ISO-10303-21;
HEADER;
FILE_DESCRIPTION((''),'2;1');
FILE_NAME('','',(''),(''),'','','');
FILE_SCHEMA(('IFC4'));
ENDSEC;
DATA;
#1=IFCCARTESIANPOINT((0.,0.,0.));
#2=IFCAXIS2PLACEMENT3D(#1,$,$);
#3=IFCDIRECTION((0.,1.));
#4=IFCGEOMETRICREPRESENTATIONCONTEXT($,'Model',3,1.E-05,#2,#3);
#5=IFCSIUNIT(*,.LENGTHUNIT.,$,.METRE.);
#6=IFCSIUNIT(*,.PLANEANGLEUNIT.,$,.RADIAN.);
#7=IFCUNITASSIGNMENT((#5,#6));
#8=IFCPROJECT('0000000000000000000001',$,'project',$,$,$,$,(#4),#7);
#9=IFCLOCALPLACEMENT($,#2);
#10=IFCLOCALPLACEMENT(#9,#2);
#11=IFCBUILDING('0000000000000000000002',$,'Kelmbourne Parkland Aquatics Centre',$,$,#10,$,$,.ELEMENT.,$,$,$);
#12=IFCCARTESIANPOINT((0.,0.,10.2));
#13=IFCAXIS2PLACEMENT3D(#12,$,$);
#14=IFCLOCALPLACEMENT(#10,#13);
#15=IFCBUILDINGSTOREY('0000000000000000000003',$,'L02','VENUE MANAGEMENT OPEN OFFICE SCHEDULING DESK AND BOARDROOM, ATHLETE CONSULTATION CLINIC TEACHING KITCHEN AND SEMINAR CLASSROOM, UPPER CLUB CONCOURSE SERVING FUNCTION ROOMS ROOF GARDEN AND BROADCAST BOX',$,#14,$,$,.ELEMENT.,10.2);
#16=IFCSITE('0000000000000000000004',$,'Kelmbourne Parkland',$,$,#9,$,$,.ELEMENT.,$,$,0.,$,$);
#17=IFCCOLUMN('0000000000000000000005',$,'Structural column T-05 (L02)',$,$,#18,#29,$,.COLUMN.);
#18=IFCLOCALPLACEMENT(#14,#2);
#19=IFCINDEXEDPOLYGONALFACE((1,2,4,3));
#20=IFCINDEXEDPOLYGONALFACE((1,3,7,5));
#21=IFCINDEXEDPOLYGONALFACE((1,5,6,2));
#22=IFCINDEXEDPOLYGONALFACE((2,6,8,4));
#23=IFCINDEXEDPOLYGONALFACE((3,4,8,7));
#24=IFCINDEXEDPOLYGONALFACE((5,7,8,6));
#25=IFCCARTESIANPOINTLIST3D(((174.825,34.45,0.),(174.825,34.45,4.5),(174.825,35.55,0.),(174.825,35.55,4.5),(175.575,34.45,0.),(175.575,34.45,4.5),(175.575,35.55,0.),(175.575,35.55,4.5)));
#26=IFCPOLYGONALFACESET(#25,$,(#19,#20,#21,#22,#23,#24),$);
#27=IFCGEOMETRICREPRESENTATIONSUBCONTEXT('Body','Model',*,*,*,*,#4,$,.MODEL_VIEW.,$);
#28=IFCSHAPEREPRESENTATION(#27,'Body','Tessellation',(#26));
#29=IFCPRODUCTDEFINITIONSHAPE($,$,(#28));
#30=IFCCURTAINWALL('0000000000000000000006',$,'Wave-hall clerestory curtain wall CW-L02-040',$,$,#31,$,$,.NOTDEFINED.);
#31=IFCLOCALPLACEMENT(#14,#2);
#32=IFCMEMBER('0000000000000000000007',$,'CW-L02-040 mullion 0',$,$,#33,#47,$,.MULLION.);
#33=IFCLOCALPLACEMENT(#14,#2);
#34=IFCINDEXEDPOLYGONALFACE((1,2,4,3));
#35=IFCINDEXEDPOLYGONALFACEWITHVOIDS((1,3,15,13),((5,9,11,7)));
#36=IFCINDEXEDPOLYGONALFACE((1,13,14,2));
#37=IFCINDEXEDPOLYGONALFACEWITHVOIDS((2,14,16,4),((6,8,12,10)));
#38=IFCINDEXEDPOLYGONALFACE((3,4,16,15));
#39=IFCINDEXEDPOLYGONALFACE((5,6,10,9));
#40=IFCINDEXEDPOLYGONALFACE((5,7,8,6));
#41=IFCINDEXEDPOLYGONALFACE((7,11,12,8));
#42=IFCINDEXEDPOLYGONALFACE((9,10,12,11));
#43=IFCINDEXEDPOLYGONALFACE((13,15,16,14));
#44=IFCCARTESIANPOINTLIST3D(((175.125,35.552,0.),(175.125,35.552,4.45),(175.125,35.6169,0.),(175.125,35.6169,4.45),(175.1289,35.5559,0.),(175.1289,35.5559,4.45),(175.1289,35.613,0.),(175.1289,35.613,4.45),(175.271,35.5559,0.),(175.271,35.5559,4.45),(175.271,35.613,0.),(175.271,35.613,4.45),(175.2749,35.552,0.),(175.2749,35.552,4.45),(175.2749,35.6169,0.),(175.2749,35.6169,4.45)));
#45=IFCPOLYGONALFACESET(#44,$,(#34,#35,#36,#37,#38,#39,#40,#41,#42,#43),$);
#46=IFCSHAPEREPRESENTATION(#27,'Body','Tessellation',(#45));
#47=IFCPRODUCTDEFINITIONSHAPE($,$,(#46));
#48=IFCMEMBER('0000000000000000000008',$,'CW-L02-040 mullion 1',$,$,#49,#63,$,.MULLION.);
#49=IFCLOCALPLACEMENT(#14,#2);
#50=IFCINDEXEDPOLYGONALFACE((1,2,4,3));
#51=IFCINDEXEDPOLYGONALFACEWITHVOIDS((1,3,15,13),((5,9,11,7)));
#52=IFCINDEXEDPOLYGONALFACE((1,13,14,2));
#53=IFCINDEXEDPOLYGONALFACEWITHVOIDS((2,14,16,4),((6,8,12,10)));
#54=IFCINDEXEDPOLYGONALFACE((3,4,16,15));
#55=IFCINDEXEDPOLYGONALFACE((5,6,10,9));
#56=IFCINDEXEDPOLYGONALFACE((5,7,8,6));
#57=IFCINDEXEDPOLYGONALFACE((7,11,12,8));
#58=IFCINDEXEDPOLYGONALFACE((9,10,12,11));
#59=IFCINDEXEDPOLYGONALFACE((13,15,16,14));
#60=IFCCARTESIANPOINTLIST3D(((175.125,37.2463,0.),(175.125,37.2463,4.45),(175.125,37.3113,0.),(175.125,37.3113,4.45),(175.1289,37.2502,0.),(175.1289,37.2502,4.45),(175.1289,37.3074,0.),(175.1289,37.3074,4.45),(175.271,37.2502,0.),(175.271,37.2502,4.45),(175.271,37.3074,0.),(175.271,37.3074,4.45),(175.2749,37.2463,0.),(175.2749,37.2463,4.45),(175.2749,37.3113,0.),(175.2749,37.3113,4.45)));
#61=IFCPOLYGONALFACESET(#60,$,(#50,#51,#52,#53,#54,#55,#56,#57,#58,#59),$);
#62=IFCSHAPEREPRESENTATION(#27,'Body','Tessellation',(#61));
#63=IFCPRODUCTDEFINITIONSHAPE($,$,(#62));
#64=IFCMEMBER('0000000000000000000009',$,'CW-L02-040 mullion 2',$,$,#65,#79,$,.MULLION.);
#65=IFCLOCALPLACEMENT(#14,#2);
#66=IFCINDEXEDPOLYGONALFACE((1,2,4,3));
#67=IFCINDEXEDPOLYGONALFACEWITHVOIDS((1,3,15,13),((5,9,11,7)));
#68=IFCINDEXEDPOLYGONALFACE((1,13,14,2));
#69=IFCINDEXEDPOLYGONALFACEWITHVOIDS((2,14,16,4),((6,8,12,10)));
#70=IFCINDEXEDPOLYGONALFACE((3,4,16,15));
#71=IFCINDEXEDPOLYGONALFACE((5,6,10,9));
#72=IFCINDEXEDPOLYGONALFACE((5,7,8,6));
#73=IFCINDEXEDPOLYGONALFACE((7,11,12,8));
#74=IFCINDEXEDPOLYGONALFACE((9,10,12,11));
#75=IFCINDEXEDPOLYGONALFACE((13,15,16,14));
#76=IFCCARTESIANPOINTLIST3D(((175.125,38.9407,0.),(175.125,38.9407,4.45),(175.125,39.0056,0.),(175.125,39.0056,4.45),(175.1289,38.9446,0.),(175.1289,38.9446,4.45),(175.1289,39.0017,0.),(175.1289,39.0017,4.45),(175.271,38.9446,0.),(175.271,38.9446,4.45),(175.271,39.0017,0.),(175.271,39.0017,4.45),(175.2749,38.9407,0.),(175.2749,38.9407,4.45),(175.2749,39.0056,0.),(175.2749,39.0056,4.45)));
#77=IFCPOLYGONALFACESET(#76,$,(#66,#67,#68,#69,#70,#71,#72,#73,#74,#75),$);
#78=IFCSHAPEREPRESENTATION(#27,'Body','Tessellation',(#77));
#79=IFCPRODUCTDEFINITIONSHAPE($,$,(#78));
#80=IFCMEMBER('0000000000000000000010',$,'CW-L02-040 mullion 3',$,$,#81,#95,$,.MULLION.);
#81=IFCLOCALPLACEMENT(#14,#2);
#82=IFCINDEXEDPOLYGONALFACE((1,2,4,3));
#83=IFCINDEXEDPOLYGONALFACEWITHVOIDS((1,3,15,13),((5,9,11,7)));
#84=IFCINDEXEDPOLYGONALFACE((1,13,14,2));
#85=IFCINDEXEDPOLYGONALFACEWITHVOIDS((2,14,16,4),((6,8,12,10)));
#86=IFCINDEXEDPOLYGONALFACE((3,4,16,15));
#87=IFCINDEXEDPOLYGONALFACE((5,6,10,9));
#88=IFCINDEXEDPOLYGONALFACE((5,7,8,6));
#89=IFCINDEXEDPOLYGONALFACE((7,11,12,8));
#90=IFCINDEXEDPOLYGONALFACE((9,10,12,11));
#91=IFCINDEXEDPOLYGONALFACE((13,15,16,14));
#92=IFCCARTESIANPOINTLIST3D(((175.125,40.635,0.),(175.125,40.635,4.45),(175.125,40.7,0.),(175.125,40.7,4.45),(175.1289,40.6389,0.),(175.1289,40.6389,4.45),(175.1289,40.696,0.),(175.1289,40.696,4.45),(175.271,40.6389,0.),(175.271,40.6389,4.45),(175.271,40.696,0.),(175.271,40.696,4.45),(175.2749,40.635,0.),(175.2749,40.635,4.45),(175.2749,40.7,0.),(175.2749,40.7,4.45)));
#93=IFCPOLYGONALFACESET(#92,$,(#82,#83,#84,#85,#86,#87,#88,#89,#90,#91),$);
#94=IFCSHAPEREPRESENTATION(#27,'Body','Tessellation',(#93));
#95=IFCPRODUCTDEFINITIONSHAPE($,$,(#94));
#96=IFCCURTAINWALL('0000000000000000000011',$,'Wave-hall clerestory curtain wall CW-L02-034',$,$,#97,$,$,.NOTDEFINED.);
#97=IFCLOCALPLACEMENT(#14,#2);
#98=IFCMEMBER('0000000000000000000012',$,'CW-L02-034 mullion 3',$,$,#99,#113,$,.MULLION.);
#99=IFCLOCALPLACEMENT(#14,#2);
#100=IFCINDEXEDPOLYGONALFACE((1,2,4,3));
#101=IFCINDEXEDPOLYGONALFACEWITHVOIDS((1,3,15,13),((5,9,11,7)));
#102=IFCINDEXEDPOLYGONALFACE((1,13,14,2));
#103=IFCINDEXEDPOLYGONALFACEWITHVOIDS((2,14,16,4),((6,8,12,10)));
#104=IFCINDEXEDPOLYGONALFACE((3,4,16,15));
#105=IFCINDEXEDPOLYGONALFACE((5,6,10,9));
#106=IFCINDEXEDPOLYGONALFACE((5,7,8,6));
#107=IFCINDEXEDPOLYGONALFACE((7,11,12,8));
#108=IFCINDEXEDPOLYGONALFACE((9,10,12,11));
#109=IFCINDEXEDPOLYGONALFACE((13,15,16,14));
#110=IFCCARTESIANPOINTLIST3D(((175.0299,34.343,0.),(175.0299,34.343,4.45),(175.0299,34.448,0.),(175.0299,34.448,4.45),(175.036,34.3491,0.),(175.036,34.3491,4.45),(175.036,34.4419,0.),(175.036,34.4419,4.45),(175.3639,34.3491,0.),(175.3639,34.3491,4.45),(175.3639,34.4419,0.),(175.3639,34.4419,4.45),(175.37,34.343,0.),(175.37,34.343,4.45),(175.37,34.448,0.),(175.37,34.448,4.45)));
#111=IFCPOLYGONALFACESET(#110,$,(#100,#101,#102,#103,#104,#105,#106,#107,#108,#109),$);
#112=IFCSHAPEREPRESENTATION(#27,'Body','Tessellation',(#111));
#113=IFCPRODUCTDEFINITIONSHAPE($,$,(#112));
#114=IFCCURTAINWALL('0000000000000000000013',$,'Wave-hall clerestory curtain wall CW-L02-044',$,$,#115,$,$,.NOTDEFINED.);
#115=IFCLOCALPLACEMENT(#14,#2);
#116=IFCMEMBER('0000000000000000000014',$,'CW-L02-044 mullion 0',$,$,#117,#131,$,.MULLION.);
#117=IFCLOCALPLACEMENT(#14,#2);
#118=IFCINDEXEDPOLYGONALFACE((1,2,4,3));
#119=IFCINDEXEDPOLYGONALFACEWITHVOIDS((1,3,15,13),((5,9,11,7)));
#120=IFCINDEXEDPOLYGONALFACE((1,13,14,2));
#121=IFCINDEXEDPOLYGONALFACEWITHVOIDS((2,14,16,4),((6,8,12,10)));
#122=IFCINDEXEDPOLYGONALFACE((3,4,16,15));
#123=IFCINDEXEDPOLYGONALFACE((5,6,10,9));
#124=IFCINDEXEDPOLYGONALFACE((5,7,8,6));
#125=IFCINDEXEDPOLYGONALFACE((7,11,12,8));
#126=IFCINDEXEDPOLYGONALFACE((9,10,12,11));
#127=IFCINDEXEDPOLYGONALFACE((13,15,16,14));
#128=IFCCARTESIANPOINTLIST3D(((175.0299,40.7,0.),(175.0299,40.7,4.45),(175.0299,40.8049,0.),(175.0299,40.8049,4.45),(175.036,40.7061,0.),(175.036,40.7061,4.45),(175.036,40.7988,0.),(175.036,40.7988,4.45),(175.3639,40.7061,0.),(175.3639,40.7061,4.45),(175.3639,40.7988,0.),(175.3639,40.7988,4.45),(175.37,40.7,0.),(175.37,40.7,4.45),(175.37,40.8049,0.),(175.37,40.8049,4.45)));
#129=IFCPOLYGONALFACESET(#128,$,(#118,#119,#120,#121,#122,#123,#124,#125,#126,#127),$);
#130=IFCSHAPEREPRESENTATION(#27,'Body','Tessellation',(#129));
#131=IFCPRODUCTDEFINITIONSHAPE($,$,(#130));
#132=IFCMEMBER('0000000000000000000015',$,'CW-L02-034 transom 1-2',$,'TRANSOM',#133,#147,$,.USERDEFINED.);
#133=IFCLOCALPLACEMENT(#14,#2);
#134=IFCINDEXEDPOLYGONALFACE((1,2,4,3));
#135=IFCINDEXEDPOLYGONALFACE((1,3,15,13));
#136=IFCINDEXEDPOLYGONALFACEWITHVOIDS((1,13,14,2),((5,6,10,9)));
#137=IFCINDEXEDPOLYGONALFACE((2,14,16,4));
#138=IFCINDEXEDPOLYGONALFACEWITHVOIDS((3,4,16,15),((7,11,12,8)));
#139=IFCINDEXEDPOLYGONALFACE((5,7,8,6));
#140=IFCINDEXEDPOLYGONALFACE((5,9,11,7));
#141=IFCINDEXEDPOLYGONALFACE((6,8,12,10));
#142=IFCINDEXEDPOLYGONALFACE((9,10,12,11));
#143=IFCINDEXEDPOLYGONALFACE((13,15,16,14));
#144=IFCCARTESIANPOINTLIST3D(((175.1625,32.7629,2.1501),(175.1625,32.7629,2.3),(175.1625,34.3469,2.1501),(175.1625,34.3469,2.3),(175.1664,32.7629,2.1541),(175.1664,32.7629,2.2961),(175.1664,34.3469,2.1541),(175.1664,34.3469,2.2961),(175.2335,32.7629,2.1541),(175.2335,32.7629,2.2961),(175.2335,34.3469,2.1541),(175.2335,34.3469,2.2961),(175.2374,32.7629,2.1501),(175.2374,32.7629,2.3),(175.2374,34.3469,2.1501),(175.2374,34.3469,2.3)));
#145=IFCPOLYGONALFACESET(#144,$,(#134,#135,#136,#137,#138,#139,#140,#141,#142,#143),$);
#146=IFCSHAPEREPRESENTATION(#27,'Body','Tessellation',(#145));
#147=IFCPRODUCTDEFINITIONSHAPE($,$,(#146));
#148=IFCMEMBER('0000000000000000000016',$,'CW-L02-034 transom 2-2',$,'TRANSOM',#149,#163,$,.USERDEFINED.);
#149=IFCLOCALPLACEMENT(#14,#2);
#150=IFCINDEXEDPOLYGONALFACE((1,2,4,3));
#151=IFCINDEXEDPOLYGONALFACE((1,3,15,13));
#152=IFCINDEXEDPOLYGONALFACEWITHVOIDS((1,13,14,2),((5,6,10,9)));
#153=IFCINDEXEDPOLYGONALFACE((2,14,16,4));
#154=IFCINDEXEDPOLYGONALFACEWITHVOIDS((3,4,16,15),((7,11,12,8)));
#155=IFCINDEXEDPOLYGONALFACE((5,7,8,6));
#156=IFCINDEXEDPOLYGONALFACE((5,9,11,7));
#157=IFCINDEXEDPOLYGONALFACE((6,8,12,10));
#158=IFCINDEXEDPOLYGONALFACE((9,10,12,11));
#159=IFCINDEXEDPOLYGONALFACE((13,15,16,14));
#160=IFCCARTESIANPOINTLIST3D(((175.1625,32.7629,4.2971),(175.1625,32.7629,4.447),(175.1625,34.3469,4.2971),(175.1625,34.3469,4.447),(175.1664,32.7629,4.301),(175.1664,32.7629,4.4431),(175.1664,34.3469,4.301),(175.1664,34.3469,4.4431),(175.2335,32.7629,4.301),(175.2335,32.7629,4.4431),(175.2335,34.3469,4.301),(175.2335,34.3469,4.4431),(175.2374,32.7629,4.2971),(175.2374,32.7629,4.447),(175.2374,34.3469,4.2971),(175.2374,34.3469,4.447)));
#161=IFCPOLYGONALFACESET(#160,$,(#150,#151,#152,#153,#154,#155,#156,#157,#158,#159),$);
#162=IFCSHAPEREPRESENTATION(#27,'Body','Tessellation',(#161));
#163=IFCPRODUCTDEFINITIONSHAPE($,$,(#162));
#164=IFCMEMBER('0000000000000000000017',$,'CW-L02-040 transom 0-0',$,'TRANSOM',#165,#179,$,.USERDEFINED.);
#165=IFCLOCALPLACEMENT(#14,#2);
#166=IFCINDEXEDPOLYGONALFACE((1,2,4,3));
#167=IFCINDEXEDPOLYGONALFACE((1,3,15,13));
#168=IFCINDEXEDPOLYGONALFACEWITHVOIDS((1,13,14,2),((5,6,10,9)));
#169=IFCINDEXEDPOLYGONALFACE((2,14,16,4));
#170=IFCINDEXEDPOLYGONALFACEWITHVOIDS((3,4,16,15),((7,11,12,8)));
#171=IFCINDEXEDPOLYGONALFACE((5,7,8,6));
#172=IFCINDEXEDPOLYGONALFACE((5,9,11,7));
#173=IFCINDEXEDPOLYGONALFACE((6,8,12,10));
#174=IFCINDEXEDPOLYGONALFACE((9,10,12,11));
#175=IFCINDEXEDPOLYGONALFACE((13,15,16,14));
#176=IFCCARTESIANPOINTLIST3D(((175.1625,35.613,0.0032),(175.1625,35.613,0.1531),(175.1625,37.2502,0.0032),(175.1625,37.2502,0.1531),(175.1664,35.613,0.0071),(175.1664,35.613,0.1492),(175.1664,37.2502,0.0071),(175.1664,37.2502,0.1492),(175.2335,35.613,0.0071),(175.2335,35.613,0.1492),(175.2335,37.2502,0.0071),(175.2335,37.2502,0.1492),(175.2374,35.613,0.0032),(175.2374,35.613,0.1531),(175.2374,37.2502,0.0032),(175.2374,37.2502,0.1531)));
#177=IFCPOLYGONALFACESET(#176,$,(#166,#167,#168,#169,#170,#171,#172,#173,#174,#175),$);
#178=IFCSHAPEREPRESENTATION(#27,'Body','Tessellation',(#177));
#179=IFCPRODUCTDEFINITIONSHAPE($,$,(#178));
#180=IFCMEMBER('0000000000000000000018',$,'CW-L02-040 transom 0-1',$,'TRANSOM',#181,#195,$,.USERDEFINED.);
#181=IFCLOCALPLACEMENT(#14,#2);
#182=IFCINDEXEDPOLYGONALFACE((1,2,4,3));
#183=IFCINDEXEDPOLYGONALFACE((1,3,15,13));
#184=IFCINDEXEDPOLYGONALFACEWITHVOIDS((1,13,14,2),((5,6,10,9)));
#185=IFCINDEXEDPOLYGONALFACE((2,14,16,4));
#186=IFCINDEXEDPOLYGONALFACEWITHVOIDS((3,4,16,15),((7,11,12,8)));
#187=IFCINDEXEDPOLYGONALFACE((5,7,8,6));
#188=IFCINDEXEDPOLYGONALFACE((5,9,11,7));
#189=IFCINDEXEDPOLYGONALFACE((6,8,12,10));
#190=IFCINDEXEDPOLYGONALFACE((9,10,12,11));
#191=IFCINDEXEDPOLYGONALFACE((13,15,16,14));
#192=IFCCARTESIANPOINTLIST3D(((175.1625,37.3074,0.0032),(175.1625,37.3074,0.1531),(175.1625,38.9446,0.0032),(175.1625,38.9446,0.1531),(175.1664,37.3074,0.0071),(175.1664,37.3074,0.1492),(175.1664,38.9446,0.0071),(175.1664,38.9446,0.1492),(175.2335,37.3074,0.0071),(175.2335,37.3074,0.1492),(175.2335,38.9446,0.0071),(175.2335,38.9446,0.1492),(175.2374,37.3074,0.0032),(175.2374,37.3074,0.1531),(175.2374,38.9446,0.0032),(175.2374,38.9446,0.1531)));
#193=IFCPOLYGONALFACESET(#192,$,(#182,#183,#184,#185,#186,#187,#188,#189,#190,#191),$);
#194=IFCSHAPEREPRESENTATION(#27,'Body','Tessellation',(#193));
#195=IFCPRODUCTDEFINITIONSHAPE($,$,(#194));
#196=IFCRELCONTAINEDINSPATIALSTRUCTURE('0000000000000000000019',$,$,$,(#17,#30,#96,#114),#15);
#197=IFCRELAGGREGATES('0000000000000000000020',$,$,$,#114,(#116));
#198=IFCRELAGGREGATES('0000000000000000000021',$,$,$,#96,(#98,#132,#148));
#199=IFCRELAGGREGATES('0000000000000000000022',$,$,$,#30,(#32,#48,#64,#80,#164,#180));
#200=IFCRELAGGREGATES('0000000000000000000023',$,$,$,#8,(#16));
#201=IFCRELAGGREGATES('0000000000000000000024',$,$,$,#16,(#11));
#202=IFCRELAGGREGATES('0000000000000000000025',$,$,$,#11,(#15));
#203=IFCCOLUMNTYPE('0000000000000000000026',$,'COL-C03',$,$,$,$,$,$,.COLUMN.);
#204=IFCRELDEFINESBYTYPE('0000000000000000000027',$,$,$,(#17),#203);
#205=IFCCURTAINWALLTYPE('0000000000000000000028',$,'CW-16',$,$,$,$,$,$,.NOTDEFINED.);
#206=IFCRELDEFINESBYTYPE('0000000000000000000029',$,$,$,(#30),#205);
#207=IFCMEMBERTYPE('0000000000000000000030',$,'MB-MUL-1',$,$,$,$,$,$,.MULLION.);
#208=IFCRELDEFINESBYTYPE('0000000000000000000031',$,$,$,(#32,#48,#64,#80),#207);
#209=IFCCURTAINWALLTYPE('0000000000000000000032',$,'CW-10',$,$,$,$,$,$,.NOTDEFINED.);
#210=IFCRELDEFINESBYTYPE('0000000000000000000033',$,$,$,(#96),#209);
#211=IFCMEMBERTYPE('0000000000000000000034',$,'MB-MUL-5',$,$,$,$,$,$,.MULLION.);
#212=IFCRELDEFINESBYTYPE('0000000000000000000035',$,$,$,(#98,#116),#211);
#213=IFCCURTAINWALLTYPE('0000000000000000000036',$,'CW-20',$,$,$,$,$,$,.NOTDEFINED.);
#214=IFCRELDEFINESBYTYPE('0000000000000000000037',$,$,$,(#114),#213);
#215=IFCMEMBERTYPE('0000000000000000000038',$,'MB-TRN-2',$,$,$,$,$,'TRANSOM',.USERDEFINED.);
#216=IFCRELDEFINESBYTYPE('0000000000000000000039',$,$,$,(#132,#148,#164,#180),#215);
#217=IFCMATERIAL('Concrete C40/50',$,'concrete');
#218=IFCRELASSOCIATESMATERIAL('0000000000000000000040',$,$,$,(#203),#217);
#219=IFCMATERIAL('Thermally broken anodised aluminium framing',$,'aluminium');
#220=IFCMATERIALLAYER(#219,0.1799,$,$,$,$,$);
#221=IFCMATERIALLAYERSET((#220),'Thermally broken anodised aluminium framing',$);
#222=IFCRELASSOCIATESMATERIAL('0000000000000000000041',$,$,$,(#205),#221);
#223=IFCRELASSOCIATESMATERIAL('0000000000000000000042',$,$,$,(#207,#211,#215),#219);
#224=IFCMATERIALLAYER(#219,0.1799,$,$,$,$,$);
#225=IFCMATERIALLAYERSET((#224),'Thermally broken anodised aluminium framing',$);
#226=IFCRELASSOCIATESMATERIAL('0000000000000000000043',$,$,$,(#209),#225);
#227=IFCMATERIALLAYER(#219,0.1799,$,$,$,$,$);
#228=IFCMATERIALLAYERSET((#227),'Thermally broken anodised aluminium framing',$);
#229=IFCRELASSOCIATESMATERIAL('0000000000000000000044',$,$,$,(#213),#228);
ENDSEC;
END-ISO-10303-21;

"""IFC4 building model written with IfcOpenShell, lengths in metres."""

from ifc_helpers import new_model, si_unit, direction, frame, origin, origin_2d, place, context, subcontext, project, spatial, rectangle, hollow_rectangle, extrude, material, layer, layer_set, material_profile, profile_set, type_object, element, aggregate, save


model = new_model("IFC4")

# Units and contexts
model_context = context("Model", 3, precision=1e-05, world=origin(), true_north=direction((0.0, 1.0)))
body_context = subcontext(model_context, "Body", "Model", "MODEL_VIEW")
ifc_project = project(units=[si_unit("LENGTHUNIT", "METRE"), si_unit("PLANEANGLEUNIT", "RADIAN")], contexts=[model_context])

# Site, building, storey
site_placement = place(None, origin())
site = spatial("IfcSite", under=ifc_project, at=site_placement, Name="Kelmbourne Parkland", CompositionType="ELEMENT", RefElevation=0.0)
building_placement = place(site_placement, origin())
building = spatial("IfcBuilding", under=site, at=building_placement, Name="Kelmbourne Parkland Aquatics Centre", CompositionType="ELEMENT")
storey_placement = place(building_placement, frame((0.0, 0.0, 10.2)))
storey = spatial("IfcBuildingStorey", under=building, at=storey_placement, Name="L02", Description="VENUE MANAGEMENT OPEN OFFICE SCHEDULING DESK AND BOARDROOM, ATHLETE CONSULTATION CLINIC TEACHING KITCHEN AND SEMINAR CLASSROOM, UPPER CLUB CONCOURSE SERVING FUNCTION ROOMS ROOF GARDEN AND BROADCAST BOX", CompositionType="ELEMENT", Elevation=10.2)

# Column
ifc_material_1 = material(Name="Concrete C40/50", Category="concrete")
ifc_material_profile_1 = material_profile(ifc_material_1, rectangle(XDim=0.75, YDim=1.1001, at=origin_2d()), Name="RC 750x1100")
ifc_profile_set_1 = profile_set([ifc_material_profile_1], Name="Concrete C40/50")
column_type = type_object("IfcColumnType", Name="COL-C03", PredefinedType="COLUMN", material=ifc_profile_set_1)
column_placement = place(storey_placement, frame((175.2, 35.0, 0.0), z_axis=(0.0, 0.0, 1.0), x_axis=(1.0, 0.0, 0.0)))
element("IfcColumn", 1, at=column_placement, inside=storey, type_object=column_type, Name="Structural column T-05 (L02)", PredefinedType="COLUMN", context=body_context, shape_type="SweptSolid", body=[
    extrude(rectangle(XDim=0.75, YDim=1.1001, at=origin_2d()), origin(), (0.0, 0.0, 1.0), 4.5),
])

# Curtain wall, members
ifc_material_2 = material(Name="Thermally broken anodised aluminium framing", Category="aluminium")
ifc_layer_1 = layer(ifc_material_2, 0.1799)
ifc_layer_set_1 = layer_set([ifc_layer_1], Name="Thermally broken anodised aluminium framing")
curtain_wall_type_1 = type_object("IfcCurtainWallType", Name="CW-16", PredefinedType="NOTDEFINED", material=ifc_layer_set_1)
curtain_wall_1_placement = place(storey_placement, origin())
curtain_wall_1 = element("IfcCurtainWall", 2, at=curtain_wall_1_placement, inside=storey, type_object=curtain_wall_type_1, Name="Wave-hall clerestory curtain wall CW-L02-040", PredefinedType="NOTDEFINED")
ifc_material_profile_2 = material_profile(ifc_material_2, hollow_rectangle(XDim=0.0649, YDim=0.1499, WallThickness=0.0039, at=origin_2d()), Name="CW-M 65x150")
ifc_profile_set_2 = profile_set([ifc_material_profile_2], Name="Thermally broken anodised aluminium framing")
member_type_1 = type_object("IfcMemberType", Name="MB-MUL-1", PredefinedType="MULLION", material=ifc_profile_set_2)
member_1_placement = place(storey_placement, frame((175.2, 35.5845, 0.0), z_axis=(0.0, 0.0, 1.0), x_axis=(0.0, 1.0, 0.0)))
member_1 = element("IfcMember", 3, at=member_1_placement, type_object=member_type_1, Name="CW-L02-040 mullion 0", PredefinedType="MULLION", context=body_context, shape_type="SweptSolid", body=[
    extrude(hollow_rectangle(XDim=0.0649, YDim=0.1499, WallThickness=0.0039, at=origin_2d()), origin(), (0.0, 0.0, 1.0), 4.45),
])
member_2_placement = place(storey_placement, frame((175.2, 37.2788, 0.0), z_axis=(0.0, 0.0, 1.0), x_axis=(0.0, 1.0, 0.0)))
member_2 = element("IfcMember", 4, at=member_2_placement, type_object=member_type_1, Name="CW-L02-040 mullion 1", PredefinedType="MULLION", context=body_context, shape_type="SweptSolid", body=[
    extrude(hollow_rectangle(XDim=0.0649, YDim=0.1499, WallThickness=0.0039, at=origin_2d()), origin(), (0.0, 0.0, 1.0), 4.45),
])
member_3_placement = place(storey_placement, frame((175.2, 38.9731, 0.0), z_axis=(0.0, 0.0, 1.0), x_axis=(0.0, 1.0, 0.0)))
member_3 = element("IfcMember", 5, at=member_3_placement, type_object=member_type_1, Name="CW-L02-040 mullion 2", PredefinedType="MULLION", context=body_context, shape_type="SweptSolid", body=[
    extrude(hollow_rectangle(XDim=0.0649, YDim=0.1499, WallThickness=0.0039, at=origin_2d()), origin(), (0.0, 0.0, 1.0), 4.45),
])
member_4_placement = place(storey_placement, frame((175.2, 40.6675, 0.0), z_axis=(0.0, 0.0, 1.0), x_axis=(0.0, 1.0, 0.0)))
member_4 = element("IfcMember", 6, at=member_4_placement, type_object=member_type_1, Name="CW-L02-040 mullion 3", PredefinedType="MULLION", context=body_context, shape_type="SweptSolid", body=[
    extrude(hollow_rectangle(XDim=0.0649, YDim=0.1499, WallThickness=0.0039, at=origin_2d()), origin(), (0.0, 0.0, 1.0), 4.45),
])

# Curtain walls, members
ifc_layer_2 = layer(ifc_material_2, 0.1799)
ifc_layer_set_2 = layer_set([ifc_layer_2], Name="Thermally broken anodised aluminium framing")
curtain_wall_type_2 = type_object("IfcCurtainWallType", Name="CW-10", PredefinedType="NOTDEFINED", material=ifc_layer_set_2)
curtain_wall_2_placement = place(storey_placement, origin())
curtain_wall_2 = element("IfcCurtainWall", 7, at=curtain_wall_2_placement, inside=storey, type_object=curtain_wall_type_2, Name="Wave-hall clerestory curtain wall CW-L02-034", PredefinedType="NOTDEFINED")
ifc_material_profile_3 = material_profile(ifc_material_2, hollow_rectangle(XDim=0.105, YDim=0.3401, WallThickness=0.0061, at=origin_2d()), Name="CW-M 105x340")
ifc_profile_set_3 = profile_set([ifc_material_profile_3], Name="Thermally broken anodised aluminium framing")
member_type_2 = type_object("IfcMemberType", Name="MB-MUL-5", PredefinedType="MULLION", material=ifc_profile_set_3)
member_5_placement = place(storey_placement, frame((175.2, 34.3955, 0.0), z_axis=(0.0, 0.0, 1.0), x_axis=(0.0, 1.0, 0.0)))
member_5 = element("IfcMember", 8, at=member_5_placement, type_object=member_type_2, Name="CW-L02-034 mullion 3", PredefinedType="MULLION", context=body_context, shape_type="SweptSolid", body=[
    extrude(hollow_rectangle(XDim=0.105, YDim=0.3401, WallThickness=0.0061, at=origin_2d()), origin(), (0.0, 0.0, 1.0), 4.45),
])
ifc_layer_3 = layer(ifc_material_2, 0.1799)
ifc_layer_set_3 = layer_set([ifc_layer_3], Name="Thermally broken anodised aluminium framing")
curtain_wall_type_3 = type_object("IfcCurtainWallType", Name="CW-20", PredefinedType="NOTDEFINED", material=ifc_layer_set_3)
curtain_wall_3_placement = place(storey_placement, origin())
curtain_wall_3 = element("IfcCurtainWall", 9, at=curtain_wall_3_placement, inside=storey, type_object=curtain_wall_type_3, Name="Wave-hall clerestory curtain wall CW-L02-044", PredefinedType="NOTDEFINED")
member_6_placement = place(storey_placement, frame((175.2, 40.7524, 0.0), z_axis=(0.0, 0.0, 1.0), x_axis=(0.0, 1.0, 0.0)))
member_6 = element("IfcMember", 10, at=member_6_placement, type_object=member_type_2, Name="CW-L02-044 mullion 0", PredefinedType="MULLION", context=body_context, shape_type="SweptSolid", body=[
    extrude(hollow_rectangle(XDim=0.105, YDim=0.3401, WallThickness=0.0061, at=origin_2d()), origin(), (0.0, 0.0, 1.0), 4.45),
])

# Members
ifc_material_profile_4 = material_profile(ifc_material_2, hollow_rectangle(XDim=0.075, YDim=0.1499, WallThickness=0.0039, at=origin_2d()), Name="CW-T 75x150")
ifc_profile_set_4 = profile_set([ifc_material_profile_4], Name="Thermally broken anodised aluminium framing")
member_type_3 = type_object("IfcMemberType", Name="MB-TRN-2", ElementType="TRANSOM", PredefinedType="USERDEFINED", material=ifc_profile_set_4)
member_7_placement = place(storey_placement, frame((175.2, 32.7629, 2.2251), z_axis=(0.0, 1.0, 0.0), x_axis=(-1.0, 0.0, 0.0)))
member_7 = element("IfcMember", 11, at=member_7_placement, type_object=member_type_3, Name="CW-L02-034 transom 1-2", ObjectType="TRANSOM", PredefinedType="USERDEFINED", context=body_context, shape_type="SweptSolid", body=[
    extrude(hollow_rectangle(XDim=0.075, YDim=0.1499, WallThickness=0.0039, at=origin_2d()), origin(), (0.0, 0.0, 1.0), 1.584),
])
member_8_placement = place(storey_placement, frame((175.2, 32.7629, 4.3721), z_axis=(0.0, 1.0, 0.0), x_axis=(-1.0, 0.0, 0.0)))
member_8 = element("IfcMember", 12, at=member_8_placement, type_object=member_type_3, Name="CW-L02-034 transom 2-2", ObjectType="TRANSOM", PredefinedType="USERDEFINED", context=body_context, shape_type="SweptSolid", body=[
    extrude(hollow_rectangle(XDim=0.075, YDim=0.1499, WallThickness=0.0039, at=origin_2d()), origin(), (0.0, 0.0, 1.0), 1.584),
])
member_9_placement = place(storey_placement, frame((175.2, 35.613, 0.0781), z_axis=(0.0, 1.0, 0.0), x_axis=(-1.0, 0.0, 0.0)))
member_9 = element("IfcMember", 13, at=member_9_placement, type_object=member_type_3, Name="CW-L02-040 transom 0-0", ObjectType="TRANSOM", PredefinedType="USERDEFINED", context=body_context, shape_type="SweptSolid", body=[
    extrude(hollow_rectangle(XDim=0.075, YDim=0.1499, WallThickness=0.0039, at=origin_2d()), origin(), (0.0, 0.0, 1.0), 1.6372),
])
member_10_placement = place(storey_placement, frame((175.2, 37.3074, 0.0781), z_axis=(0.0, 1.0, 0.0), x_axis=(-1.0, 0.0, 0.0)))
member_10 = element("IfcMember", 14, at=member_10_placement, type_object=member_type_3, Name="CW-L02-040 transom 0-1", ObjectType="TRANSOM", PredefinedType="USERDEFINED", context=body_context, shape_type="SweptSolid", body=[
    extrude(hollow_rectangle(XDim=0.075, YDim=0.1499, WallThickness=0.0039, at=origin_2d()), origin(), (0.0, 0.0, 1.0), 1.6372),
])
aggregate(curtain_wall_3, [member_6])

aggregate(curtain_wall_2, [member_5, member_7, member_8])
aggregate(curtain_wall_1, [member_1, member_2, member_3, member_4, member_9, member_10])

save(model, "model.ifc")
